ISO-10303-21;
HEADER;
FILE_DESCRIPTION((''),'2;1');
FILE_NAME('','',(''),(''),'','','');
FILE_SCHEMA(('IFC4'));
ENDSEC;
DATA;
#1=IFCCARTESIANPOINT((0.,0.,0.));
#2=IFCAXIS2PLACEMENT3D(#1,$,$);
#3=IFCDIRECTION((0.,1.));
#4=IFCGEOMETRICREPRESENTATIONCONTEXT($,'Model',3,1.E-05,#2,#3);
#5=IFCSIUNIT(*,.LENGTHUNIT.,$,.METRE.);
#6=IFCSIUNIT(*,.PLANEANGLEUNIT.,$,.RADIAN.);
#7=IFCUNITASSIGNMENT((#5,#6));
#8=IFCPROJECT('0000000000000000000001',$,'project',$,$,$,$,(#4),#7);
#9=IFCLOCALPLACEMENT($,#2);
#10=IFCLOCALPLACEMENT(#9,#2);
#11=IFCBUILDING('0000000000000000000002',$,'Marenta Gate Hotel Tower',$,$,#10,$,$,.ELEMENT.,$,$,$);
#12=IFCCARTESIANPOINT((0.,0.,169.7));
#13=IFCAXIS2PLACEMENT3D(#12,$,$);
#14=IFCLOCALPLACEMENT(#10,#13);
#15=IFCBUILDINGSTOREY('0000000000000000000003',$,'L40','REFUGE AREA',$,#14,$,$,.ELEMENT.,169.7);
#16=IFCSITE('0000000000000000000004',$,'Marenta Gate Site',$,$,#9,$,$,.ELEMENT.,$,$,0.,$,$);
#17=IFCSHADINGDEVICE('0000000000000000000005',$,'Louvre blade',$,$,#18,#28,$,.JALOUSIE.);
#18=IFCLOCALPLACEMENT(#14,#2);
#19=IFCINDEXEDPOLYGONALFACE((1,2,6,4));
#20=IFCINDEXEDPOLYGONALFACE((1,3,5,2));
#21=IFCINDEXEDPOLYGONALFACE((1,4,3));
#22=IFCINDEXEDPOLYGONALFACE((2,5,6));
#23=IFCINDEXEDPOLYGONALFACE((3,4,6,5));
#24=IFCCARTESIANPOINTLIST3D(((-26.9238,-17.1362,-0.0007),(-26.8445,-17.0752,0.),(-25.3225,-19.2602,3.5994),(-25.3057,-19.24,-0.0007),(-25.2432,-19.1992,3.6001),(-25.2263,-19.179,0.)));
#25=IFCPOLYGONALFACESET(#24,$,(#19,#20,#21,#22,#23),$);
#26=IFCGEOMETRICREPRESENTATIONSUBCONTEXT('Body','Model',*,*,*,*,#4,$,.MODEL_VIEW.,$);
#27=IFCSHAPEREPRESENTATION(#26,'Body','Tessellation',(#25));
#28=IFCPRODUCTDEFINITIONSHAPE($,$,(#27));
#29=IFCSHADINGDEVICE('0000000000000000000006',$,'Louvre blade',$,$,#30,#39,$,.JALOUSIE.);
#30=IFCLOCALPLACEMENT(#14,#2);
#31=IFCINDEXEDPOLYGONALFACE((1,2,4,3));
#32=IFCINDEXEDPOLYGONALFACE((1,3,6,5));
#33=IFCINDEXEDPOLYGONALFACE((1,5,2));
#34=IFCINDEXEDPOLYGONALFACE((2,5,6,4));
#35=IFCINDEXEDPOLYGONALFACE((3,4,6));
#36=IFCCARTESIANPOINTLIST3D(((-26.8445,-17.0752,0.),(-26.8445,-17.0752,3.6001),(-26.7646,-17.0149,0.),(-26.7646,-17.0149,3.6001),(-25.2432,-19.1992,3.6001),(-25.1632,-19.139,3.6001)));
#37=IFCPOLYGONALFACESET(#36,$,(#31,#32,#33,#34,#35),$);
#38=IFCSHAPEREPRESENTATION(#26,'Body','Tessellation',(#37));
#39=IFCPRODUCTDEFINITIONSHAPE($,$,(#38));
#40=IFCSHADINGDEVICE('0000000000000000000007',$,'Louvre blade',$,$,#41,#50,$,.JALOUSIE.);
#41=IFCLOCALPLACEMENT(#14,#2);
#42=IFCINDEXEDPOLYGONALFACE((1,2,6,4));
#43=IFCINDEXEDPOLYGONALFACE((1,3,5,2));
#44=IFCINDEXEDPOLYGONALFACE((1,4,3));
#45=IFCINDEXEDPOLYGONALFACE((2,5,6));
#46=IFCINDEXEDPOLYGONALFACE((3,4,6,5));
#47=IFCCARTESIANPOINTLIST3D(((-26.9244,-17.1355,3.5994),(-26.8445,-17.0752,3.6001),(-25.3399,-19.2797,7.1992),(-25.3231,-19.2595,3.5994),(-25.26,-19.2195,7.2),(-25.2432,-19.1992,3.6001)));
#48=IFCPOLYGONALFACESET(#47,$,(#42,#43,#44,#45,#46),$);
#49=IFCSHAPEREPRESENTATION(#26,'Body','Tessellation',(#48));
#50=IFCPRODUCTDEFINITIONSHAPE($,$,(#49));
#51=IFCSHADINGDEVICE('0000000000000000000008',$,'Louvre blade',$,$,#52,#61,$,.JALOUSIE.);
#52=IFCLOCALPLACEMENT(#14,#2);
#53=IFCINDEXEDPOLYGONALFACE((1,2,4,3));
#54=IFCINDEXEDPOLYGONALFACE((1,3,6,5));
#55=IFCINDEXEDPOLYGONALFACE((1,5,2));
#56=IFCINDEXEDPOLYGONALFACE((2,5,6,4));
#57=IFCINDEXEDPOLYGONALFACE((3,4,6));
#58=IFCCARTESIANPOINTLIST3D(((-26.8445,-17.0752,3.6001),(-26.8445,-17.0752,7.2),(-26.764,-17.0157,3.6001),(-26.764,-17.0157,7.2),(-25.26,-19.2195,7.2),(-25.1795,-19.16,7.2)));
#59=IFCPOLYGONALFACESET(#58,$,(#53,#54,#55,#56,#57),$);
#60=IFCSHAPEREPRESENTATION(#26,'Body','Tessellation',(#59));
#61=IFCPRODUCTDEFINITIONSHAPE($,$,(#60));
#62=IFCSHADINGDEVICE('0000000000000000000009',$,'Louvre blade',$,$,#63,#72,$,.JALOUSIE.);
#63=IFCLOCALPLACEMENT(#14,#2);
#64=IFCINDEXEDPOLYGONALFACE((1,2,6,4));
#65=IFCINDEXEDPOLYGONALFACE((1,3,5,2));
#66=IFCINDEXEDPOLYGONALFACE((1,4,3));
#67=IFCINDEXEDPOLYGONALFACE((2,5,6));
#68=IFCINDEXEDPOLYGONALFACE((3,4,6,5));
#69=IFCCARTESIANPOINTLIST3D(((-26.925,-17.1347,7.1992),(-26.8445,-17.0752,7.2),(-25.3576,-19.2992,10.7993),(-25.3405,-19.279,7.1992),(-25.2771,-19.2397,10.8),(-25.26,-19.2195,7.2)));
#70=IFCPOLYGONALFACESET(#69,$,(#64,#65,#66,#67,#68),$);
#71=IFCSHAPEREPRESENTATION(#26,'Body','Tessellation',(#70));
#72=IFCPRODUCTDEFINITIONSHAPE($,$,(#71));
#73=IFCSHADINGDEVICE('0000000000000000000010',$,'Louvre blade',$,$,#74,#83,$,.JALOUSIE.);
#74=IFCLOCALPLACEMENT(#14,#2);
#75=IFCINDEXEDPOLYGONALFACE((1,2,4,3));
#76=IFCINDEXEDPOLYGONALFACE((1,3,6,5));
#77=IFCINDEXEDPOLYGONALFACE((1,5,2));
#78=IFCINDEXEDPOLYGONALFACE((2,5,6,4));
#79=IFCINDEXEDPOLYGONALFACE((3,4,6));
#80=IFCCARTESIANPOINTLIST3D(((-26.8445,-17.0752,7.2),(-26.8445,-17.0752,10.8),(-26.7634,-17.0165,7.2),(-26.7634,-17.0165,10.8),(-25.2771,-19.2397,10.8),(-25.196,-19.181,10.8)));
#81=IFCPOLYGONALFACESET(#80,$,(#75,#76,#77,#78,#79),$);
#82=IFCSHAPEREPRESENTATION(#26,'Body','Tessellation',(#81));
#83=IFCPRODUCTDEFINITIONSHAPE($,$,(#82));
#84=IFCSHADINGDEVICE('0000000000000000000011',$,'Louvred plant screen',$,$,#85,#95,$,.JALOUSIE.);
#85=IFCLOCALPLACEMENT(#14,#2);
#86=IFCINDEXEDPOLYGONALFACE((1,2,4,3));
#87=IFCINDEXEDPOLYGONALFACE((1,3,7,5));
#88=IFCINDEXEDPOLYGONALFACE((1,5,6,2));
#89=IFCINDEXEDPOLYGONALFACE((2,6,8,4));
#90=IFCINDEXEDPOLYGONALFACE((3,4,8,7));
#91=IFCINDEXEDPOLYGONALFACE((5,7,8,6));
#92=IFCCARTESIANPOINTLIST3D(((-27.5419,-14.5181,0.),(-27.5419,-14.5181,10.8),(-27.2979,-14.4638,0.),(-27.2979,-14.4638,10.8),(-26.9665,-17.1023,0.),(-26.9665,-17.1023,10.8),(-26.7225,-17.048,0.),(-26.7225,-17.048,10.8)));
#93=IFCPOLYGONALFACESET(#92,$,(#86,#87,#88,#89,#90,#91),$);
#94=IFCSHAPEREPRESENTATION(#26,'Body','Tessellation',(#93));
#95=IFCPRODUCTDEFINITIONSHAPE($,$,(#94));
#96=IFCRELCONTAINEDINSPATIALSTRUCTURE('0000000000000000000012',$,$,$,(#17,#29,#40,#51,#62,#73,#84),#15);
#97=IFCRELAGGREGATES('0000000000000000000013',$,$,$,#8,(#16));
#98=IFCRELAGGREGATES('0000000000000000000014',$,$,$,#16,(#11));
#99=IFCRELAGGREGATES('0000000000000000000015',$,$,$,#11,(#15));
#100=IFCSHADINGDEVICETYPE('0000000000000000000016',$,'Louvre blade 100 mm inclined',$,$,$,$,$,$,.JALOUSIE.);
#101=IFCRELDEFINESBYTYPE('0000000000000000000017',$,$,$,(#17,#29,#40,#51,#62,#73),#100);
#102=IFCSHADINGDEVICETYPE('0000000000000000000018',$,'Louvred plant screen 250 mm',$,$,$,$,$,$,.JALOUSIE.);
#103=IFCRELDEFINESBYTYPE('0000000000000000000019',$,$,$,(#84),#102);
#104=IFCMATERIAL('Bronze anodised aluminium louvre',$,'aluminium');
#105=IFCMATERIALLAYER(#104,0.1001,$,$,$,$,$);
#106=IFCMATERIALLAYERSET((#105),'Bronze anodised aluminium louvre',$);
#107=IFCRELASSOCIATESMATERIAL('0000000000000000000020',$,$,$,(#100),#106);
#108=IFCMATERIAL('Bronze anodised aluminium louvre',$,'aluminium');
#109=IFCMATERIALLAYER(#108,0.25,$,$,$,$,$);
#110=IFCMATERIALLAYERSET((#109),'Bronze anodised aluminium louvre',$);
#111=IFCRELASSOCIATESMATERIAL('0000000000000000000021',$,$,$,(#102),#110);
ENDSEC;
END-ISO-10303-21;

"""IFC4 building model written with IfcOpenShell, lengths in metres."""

from ifc_helpers import new_model, si_unit, direction, frame, frame_2d, origin, place, context, subcontext, project, spatial, polyline, rectangle, outline, extrude, material, layer, layer_set, type_object, element, save


model = new_model("IFC4")

# Units and contexts
model_context = context("Model", 3, precision=1e-05, world=origin(), true_north=direction((0.0, 1.0)))
body_context = subcontext(model_context, "Body", "Model", "MODEL_VIEW")
ifc_project = project(units=[si_unit("LENGTHUNIT", "METRE"), si_unit("PLANEANGLEUNIT", "RADIAN")], contexts=[model_context])

# Site, building, storey
site_placement = place(None, origin())
site = spatial("IfcSite", under=ifc_project, at=site_placement, Name="Marenta Gate Site", CompositionType="ELEMENT", RefElevation=0.0)
building_placement = place(site_placement, origin())
building = spatial("IfcBuilding", under=site, at=building_placement, Name="Marenta Gate Hotel Tower", CompositionType="ELEMENT")
storey_placement = place(building_placement, frame((0.0, 0.0, 169.7)))
storey = spatial("IfcBuildingStorey", under=building, at=storey_placement, Name="L40", Description="REFUGE AREA", CompositionType="ELEMENT", Elevation=169.7)

# Shading devices
ifc_material_1 = material(Name="Bronze anodised aluminium louvre", Category="aluminium")
ifc_layer_1 = layer(ifc_material_1, 0.1001)
ifc_layer_set_1 = layer_set([ifc_layer_1], Name="Bronze anodised aluminium louvre")
shading_device_type_1 = type_object("IfcShadingDeviceType", Name="Louvre blade 100 mm inclined", PredefinedType="JALOUSIE", material=ifc_layer_set_1)
shading_device_1_placement = place(storey_placement, frame((-26.8445, -17.0752, 0.0), z_axis=(0.792624, 0.609669, 0.00714), x_axis=(0.609684, -0.792645, 0.0)))
element("IfcShadingDevice", 1, at=shading_device_1_placement, inside=storey, type_object=shading_device_type_1, Name="Louvre blade", PredefinedType="JALOUSIE", context=body_context, shape_type="SweptSolid", body=[
    extrude(outline(polyline([(0.0, 0.0), (2.6541, 0.0), (2.6599, -3.6002), (0.0, 0.0)])), origin(), (0.0, 0.0, -1.0), 0.1001),
])
shading_device_2_placement = place(storey_placement, frame((-26.8445, -17.0752, 0.0), z_axis=(-0.7985, -0.601995, 0.0), x_axis=(0.35774, -0.474514, 0.804275)))
element("IfcShadingDevice", 2, at=shading_device_2_placement, inside=storey, type_object=shading_device_type_1, Name="Louvre blade", PredefinedType="JALOUSIE", context=body_context, shape_type="SweptSolid", body=[
    extrude(outline(polyline([(0.0, 0.0), (4.4762, 0.0), (2.8955, 2.1394), (0.0, 0.0)])), origin(), (0.0, 0.0, -1.0), 0.1001),
])
shading_device_3_placement = place(storey_placement, frame((-26.8445, -17.0752, 3.6001), z_axis=(0.798479, 0.60198, 0.007125), x_axis=(0.601995, -0.7985, 0.0)))
element("IfcShadingDevice", 3, at=shading_device_3_placement, inside=storey, type_object=shading_device_type_1, Name="Louvre blade", PredefinedType="JALOUSIE", context=body_context, shape_type="SweptSolid", body=[
    extrude(outline(polyline([(0.0, 0.0), (2.66, 0.0), (2.6661, -3.5999), (0.0, 0.0)])), origin(), (0.0, 0.0, -1.0), 0.1001),
])
shading_device_4_placement = place(storey_placement, frame((-26.8445, -17.0752, 3.6001), z_axis=(-0.804254, -0.594285, 0.0), x_axis=(0.353703, -0.478671, 0.803597)))
element("IfcShadingDevice", 4, at=shading_device_4_placement, inside=storey, type_object=shading_device_type_1, Name="Louvre blade", PredefinedType="JALOUSIE", context=body_context, shape_type="SweptSolid", body=[
    extrude(outline(polyline([(0.0, 0.0), (4.4797, 0.0), (2.8928, 2.1425), (0.0, 0.0)])), origin(), (0.0, 0.0, -1.0), 0.1001),
])
shading_device_5_placement = place(storey_placement, frame((-26.8445, -17.0752, 7.2), z_axis=(0.804234, 0.59427, 0.007163), x_axis=(0.594285, -0.804254, 0.0)))
element("IfcShadingDevice", 5, at=shading_device_5_placement, inside=storey, type_object=shading_device_type_1, Name="Louvre blade", PredefinedType="JALOUSIE", context=body_context, shape_type="SweptSolid", body=[
    extrude(outline(polyline([(0.0, 0.0), (2.6662, 0.0), (2.6723, -3.6002), (0.0, 0.0)])), origin(), (0.0, 0.0, -1.0), 0.1001),
])
shading_device_6_placement = place(storey_placement, frame((-26.8445, -17.0752, 7.2), z_axis=(-0.809951, -0.586497, 0.0), x_axis=(0.349581, -0.482771, 0.802948)))
element("IfcShadingDevice", 6, at=shading_device_6_placement, inside=storey, type_object=shading_device_type_1, Name="Louvre blade", PredefinedType="JALOUSIE", context=body_context, shape_type="SweptSolid", body=[
    extrude(outline(polyline([(0.0, 0.0), (4.4836, 0.0), (2.8907, 2.1458), (0.0, 0.0)])), origin(), (0.0, 0.0, -1.0), 0.1001),
])
ifc_material_2 = material(Name="Bronze anodised aluminium louvre", Category="aluminium")
ifc_layer_2 = layer(ifc_material_2, 0.25)
ifc_layer_set_2 = layer_set([ifc_layer_2], Name="Bronze anodised aluminium louvre")
shading_device_type_2 = type_object("IfcShadingDeviceType", Name="Louvred plant screen 250 mm", PredefinedType="JALOUSIE", material=ifc_layer_set_2)
shading_device_7_placement = place(storey_placement, frame((-27.4199, -14.491, 0.0), z_axis=(0.0, 0.0, 1.0), x_axis=(0.21735, -0.976094, 0.0)))
element("IfcShadingDevice", 7, at=shading_device_7_placement, inside=storey, type_object=shading_device_type_2, Name="Louvred plant screen", PredefinedType="JALOUSIE", context=body_context, shape_type="SweptSolid", body=[
    extrude(rectangle(XDim=2.6475, YDim=0.25, at=frame_2d((1.3237, 0.0))), origin(), (0.0, 0.0, 1.0), 10.8),
])

save(model, "model.ifc")
